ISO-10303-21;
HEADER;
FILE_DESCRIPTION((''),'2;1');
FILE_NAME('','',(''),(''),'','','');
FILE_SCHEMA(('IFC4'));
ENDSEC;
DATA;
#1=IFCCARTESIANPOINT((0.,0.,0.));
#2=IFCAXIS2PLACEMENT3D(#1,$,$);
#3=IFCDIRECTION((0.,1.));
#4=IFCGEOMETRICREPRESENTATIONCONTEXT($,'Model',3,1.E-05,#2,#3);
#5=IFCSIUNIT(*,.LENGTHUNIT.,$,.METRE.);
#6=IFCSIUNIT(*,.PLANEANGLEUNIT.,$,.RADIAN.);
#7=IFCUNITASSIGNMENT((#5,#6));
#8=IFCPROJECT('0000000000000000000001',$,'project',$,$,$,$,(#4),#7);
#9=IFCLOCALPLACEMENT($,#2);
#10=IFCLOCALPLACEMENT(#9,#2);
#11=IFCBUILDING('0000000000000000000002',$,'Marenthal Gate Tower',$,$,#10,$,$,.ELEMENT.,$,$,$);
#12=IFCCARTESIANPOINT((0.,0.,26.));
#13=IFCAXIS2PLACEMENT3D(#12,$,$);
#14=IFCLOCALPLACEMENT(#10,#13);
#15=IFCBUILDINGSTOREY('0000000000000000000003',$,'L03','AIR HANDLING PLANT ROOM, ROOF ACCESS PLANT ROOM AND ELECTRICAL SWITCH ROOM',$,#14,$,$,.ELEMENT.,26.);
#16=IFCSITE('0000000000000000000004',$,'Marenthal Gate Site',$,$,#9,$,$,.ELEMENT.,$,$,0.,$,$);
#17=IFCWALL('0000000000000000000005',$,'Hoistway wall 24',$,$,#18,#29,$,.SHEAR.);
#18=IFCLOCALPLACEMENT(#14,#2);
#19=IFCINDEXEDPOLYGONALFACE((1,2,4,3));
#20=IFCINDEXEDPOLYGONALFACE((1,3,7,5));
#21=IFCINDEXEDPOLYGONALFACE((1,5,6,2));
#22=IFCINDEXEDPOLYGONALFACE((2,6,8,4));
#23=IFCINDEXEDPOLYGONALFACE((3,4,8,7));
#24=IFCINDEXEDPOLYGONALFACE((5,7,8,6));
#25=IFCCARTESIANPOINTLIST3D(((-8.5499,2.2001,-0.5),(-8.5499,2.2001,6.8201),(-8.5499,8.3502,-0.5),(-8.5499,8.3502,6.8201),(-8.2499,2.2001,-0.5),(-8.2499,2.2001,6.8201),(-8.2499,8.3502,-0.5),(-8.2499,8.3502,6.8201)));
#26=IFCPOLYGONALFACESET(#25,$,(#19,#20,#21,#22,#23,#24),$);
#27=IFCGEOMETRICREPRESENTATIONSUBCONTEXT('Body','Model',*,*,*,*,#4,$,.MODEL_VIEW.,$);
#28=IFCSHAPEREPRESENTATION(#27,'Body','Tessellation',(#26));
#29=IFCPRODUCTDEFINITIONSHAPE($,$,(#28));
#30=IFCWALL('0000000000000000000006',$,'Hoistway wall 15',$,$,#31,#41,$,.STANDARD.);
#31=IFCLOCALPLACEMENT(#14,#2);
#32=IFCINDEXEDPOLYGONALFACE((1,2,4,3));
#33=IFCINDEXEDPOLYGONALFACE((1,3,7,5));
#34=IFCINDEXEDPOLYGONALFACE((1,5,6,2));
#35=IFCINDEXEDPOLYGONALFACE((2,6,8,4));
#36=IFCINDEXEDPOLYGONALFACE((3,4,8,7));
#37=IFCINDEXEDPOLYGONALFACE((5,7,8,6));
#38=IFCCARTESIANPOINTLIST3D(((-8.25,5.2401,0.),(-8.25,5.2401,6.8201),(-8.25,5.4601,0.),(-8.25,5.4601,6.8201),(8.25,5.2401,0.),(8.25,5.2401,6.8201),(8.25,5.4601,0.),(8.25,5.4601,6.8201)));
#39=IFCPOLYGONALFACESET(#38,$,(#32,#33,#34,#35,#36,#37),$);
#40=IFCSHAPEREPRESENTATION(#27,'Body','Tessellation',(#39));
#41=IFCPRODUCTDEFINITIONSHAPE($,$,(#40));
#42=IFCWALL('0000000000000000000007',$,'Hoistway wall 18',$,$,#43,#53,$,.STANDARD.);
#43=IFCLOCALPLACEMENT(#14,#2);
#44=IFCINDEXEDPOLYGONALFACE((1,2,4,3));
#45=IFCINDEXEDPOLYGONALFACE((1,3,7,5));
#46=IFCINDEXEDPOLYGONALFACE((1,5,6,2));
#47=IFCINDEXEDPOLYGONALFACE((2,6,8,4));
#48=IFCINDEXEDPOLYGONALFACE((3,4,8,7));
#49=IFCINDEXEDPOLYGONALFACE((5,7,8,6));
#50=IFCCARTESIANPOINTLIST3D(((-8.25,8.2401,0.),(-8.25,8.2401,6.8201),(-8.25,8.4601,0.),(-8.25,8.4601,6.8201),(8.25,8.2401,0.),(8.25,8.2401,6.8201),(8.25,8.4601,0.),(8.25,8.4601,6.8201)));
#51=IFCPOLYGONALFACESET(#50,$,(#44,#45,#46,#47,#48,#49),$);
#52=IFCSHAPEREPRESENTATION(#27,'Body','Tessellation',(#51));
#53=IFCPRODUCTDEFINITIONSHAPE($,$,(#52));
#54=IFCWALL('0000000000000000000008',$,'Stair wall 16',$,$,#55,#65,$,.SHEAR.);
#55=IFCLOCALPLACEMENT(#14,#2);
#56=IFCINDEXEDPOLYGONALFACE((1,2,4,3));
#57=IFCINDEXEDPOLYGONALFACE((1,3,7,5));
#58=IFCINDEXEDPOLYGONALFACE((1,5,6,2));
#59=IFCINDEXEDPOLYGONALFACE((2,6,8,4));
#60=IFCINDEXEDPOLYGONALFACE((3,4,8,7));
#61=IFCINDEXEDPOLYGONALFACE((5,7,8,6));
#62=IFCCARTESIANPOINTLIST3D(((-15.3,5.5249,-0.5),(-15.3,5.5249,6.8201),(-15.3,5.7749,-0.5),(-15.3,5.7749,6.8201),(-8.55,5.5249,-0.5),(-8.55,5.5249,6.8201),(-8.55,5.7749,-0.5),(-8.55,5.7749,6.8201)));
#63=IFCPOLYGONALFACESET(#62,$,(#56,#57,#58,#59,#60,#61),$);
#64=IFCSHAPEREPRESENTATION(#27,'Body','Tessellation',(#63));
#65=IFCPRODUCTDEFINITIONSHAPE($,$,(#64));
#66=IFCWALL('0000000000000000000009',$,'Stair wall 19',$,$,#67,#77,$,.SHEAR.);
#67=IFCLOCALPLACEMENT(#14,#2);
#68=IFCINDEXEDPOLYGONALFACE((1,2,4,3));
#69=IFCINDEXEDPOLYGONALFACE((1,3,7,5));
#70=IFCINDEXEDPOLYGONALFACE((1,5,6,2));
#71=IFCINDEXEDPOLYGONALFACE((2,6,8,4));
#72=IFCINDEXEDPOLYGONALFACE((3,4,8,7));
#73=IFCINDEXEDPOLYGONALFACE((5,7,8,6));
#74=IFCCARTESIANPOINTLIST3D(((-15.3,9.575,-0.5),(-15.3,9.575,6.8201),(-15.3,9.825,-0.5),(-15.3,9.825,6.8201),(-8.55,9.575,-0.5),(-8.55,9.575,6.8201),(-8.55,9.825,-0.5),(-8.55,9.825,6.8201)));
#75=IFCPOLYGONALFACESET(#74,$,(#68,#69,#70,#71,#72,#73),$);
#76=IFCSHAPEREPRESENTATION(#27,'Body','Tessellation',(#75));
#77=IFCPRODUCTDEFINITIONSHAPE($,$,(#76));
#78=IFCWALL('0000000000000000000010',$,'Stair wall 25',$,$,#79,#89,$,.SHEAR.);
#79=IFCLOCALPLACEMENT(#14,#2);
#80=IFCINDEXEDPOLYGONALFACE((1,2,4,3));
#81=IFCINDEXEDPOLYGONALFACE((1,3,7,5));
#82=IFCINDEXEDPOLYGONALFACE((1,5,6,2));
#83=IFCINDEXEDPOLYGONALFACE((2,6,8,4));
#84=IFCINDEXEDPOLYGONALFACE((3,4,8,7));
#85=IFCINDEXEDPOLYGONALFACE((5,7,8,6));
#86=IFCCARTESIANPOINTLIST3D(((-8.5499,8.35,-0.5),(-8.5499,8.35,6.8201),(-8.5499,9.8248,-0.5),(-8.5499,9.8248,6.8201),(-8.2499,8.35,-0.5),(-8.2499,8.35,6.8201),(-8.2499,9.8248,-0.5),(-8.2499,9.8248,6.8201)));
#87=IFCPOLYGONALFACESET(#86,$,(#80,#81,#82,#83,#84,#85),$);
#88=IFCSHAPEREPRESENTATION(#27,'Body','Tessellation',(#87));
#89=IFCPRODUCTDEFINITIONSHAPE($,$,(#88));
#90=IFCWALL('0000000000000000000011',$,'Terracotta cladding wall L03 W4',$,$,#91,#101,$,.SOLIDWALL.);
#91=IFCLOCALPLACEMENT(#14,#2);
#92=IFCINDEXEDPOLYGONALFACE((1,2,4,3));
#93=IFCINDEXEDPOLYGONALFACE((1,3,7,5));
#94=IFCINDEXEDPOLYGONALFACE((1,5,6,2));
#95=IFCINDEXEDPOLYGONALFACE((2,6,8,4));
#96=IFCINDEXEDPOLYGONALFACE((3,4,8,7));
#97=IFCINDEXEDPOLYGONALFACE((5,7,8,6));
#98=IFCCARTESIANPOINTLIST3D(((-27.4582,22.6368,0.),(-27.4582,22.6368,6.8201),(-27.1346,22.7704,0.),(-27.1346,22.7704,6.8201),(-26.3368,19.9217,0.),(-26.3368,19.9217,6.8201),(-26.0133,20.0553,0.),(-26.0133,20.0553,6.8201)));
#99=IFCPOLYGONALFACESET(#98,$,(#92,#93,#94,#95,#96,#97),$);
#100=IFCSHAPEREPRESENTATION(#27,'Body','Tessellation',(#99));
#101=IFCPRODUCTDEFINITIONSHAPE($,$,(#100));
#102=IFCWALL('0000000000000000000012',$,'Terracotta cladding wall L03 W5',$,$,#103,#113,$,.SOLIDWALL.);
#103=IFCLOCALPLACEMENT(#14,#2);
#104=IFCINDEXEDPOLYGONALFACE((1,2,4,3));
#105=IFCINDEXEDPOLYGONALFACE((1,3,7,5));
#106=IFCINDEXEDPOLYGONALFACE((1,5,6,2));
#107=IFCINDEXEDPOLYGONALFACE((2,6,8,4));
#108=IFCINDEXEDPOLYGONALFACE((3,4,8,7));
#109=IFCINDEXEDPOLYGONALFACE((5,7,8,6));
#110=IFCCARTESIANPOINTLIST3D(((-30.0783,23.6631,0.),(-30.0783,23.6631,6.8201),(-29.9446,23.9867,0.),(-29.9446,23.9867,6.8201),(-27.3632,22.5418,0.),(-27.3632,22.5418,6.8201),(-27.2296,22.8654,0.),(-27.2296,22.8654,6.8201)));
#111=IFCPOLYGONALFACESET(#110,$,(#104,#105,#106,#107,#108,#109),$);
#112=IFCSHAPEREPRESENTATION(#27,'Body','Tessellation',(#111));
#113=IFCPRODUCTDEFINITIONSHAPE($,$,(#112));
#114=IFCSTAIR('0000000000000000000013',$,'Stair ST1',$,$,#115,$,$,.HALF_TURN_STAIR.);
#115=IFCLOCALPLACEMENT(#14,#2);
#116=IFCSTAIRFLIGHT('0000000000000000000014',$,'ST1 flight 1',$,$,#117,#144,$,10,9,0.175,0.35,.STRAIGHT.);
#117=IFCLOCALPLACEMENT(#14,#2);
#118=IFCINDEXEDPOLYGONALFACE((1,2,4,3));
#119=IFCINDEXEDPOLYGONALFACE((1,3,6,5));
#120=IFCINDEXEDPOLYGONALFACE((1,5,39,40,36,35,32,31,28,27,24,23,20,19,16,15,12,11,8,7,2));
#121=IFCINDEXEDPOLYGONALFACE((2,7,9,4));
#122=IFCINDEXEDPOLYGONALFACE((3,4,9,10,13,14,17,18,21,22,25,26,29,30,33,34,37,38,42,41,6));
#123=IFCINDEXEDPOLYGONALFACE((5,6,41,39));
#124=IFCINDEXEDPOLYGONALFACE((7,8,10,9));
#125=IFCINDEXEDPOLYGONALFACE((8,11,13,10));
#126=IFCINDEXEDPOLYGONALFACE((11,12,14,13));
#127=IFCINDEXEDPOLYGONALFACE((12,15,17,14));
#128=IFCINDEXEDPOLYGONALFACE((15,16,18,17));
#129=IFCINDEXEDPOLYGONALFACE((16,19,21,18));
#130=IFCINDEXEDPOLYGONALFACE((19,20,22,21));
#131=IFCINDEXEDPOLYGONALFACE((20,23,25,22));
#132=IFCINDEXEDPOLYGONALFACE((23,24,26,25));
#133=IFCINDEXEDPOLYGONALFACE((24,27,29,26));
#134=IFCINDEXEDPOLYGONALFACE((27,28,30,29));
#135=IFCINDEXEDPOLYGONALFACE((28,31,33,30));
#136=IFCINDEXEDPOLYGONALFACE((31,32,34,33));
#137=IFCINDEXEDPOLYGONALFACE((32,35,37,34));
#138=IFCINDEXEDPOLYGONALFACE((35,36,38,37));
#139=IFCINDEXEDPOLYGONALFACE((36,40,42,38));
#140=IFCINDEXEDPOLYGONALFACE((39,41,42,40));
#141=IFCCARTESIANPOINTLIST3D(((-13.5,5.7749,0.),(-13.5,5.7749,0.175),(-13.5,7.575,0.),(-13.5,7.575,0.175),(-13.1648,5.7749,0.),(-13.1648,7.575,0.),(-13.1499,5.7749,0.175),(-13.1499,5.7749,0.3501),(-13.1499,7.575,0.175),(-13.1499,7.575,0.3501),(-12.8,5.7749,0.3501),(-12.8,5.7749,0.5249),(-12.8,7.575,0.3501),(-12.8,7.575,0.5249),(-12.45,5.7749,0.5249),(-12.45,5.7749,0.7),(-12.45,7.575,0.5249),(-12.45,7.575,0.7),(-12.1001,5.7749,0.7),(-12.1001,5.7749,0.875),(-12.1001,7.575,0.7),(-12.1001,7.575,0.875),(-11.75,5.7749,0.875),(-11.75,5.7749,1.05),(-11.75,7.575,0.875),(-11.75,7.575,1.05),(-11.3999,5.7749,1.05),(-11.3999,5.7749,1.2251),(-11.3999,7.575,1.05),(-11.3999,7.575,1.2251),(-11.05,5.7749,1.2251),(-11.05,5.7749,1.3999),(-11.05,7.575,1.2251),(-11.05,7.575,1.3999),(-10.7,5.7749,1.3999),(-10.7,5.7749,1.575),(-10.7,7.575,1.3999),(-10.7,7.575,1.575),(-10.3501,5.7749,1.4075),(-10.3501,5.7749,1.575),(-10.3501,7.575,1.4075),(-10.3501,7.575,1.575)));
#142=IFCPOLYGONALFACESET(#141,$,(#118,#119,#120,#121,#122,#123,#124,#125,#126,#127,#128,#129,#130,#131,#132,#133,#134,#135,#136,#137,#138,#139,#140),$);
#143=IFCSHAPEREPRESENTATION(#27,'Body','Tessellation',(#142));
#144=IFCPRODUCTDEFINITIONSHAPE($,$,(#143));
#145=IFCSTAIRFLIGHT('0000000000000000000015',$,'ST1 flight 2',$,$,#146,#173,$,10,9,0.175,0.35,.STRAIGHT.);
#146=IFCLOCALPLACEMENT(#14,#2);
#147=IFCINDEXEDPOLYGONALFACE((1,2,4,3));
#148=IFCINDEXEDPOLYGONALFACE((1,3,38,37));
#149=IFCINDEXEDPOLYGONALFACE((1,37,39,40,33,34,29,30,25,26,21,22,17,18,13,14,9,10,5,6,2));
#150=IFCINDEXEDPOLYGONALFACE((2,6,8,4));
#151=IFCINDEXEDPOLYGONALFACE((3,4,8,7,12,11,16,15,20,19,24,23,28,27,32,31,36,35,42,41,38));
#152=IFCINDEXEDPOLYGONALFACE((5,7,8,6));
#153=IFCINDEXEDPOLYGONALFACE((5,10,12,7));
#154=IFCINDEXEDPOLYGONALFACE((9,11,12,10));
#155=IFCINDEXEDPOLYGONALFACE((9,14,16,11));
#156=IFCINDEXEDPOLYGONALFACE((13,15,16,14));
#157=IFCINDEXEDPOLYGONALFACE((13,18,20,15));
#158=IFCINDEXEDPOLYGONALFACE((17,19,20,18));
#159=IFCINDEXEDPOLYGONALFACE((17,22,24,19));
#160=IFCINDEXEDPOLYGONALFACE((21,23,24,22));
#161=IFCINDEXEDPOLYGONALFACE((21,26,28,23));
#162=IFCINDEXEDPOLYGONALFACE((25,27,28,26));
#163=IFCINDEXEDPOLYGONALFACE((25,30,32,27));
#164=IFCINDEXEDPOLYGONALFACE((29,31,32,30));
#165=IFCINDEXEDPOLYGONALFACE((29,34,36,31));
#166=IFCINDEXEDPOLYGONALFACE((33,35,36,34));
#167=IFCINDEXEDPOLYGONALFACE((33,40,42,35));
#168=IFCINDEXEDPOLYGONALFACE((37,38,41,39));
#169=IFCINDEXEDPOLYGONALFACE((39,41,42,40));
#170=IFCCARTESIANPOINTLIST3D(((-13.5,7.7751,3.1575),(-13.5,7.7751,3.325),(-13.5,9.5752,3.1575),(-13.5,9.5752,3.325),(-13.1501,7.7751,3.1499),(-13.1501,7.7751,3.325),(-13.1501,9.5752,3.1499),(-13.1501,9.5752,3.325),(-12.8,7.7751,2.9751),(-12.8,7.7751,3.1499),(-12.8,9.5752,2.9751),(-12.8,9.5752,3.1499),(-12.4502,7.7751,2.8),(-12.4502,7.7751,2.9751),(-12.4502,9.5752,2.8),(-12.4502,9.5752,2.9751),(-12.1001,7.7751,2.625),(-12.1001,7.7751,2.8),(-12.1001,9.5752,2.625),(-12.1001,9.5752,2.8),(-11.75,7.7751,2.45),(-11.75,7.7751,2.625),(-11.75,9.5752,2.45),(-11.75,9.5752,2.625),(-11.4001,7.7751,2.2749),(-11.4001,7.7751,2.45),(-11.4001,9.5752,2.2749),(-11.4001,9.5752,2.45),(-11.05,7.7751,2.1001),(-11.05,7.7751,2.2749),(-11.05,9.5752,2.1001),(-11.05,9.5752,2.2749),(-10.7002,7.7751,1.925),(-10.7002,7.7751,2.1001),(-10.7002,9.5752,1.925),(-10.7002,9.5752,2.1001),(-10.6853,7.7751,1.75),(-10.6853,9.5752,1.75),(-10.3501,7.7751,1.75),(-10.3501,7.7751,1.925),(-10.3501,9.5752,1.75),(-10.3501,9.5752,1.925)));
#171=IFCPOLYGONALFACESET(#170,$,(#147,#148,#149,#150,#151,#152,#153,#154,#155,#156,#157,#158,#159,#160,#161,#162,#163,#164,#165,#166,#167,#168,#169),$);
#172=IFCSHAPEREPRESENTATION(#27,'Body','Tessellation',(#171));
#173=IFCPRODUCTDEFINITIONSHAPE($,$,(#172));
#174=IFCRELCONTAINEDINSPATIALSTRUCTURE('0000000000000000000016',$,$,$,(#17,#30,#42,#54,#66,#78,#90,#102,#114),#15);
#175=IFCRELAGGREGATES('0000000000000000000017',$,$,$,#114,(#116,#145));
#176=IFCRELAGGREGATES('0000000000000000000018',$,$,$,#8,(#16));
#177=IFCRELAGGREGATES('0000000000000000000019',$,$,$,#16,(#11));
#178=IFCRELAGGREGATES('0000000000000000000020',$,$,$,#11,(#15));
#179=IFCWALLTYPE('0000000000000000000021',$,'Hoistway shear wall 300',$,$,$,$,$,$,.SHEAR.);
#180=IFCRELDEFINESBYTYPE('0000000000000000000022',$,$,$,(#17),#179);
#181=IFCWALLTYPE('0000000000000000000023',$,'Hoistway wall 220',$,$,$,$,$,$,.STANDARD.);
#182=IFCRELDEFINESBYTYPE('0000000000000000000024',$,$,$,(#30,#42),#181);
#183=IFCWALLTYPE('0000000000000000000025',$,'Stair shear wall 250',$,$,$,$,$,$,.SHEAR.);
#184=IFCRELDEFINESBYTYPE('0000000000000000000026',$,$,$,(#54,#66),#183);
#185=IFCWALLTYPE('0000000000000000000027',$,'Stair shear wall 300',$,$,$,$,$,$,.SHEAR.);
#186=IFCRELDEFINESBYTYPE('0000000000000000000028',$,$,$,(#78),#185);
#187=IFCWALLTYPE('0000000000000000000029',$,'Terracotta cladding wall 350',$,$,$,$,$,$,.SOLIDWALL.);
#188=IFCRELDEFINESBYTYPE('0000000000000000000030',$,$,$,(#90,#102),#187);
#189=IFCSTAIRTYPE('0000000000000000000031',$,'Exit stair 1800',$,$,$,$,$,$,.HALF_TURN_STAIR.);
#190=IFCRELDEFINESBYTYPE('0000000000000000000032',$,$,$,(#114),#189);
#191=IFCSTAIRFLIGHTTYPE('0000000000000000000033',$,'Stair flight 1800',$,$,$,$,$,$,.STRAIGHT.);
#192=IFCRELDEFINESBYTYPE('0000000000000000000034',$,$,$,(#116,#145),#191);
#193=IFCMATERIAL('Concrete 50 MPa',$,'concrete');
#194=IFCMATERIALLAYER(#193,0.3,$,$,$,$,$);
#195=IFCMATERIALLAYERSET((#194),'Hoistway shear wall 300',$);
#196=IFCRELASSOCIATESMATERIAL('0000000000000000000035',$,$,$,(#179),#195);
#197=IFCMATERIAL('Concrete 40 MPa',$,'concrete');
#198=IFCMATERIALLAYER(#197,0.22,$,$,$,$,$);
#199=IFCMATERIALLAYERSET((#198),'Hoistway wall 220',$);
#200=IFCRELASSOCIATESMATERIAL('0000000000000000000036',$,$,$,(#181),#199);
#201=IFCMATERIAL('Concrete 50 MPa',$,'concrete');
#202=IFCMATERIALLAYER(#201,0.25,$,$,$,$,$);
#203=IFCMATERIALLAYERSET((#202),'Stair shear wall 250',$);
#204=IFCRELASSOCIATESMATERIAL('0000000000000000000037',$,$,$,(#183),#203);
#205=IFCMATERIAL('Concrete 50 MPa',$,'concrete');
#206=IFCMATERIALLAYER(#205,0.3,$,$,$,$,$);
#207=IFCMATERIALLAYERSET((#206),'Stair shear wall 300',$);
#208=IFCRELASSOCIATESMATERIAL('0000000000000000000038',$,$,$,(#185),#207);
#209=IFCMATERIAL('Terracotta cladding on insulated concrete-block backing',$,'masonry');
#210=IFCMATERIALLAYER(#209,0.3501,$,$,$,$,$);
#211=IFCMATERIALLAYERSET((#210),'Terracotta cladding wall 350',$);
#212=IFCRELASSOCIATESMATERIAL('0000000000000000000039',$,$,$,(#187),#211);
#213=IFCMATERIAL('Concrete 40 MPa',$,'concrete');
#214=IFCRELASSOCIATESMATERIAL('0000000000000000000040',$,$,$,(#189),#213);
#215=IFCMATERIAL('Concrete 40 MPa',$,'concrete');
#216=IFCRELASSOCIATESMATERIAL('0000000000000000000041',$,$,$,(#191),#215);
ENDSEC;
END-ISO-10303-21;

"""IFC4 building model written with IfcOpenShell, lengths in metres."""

from ifc_helpers import new_model, si_unit, direction, frame, frame_2d, origin, place, context, subcontext, project, spatial, polyline, rectangle, outline, extrude, material, layer, layer_set, type_object, element, aggregate, save


model = new_model("IFC4")

# Units and contexts
model_context = context("Model", 3, precision=1e-05, world=origin(), true_north=direction((0.0, 1.0)))
body_context = subcontext(model_context, "Body", "Model", "MODEL_VIEW")
ifc_project = project(units=[si_unit("LENGTHUNIT", "METRE"), si_unit("PLANEANGLEUNIT", "RADIAN")], contexts=[model_context])

# Site, building, storey
site_placement = place(None, origin())
site = spatial("IfcSite", under=ifc_project, at=site_placement, Name="Marenthal Gate Site", CompositionType="ELEMENT", RefElevation=0.0)
building_placement = place(site_placement, origin())
building = spatial("IfcBuilding", under=site, at=building_placement, Name="Marenthal Gate Tower", CompositionType="ELEMENT")
storey_placement = place(building_placement, frame((0.0, 0.0, 26.0)))
storey = spatial("IfcBuildingStorey", under=building, at=storey_placement, Name="L03", Description="AIR HANDLING PLANT ROOM, ROOF ACCESS PLANT ROOM AND ELECTRICAL SWITCH ROOM", CompositionType="ELEMENT", Elevation=26.0)

# Walls
ifc_material_1 = material(Name="Concrete 50 MPa", Category="concrete")
ifc_layer_1 = layer(ifc_material_1, 0.3)
ifc_layer_set_1 = layer_set([ifc_layer_1], Name="Hoistway shear wall 300")
wall_type_1 = type_object("IfcWallType", Name="Hoistway shear wall 300", PredefinedType="SHEAR", material=ifc_layer_set_1)
wall_1_placement = place(storey_placement, frame((-8.3999, 2.2, -0.5), z_axis=(0.0, 0.0, 1.0), x_axis=(0.0, 1.0, 0.0)))
element("IfcWall", 1, at=wall_1_placement, inside=storey, type_object=wall_type_1, Name="Hoistway wall 24", PredefinedType="SHEAR", context=body_context, shape_type="SweptSolid", body=[
    extrude(rectangle(XDim=6.1501, YDim=0.3, at=frame_2d((3.0752, 0.0))), origin(), (0.0, 0.0, 1.0), 7.3201),
])
ifc_material_2 = material(Name="Concrete 40 MPa", Category="concrete")
ifc_layer_2 = layer(ifc_material_2, 0.22)
ifc_layer_set_2 = layer_set([ifc_layer_2], Name="Hoistway wall 220")
wall_type_2 = type_object("IfcWallType", Name="Hoistway wall 220", PredefinedType="STANDARD", material=ifc_layer_set_2)
for number, where, z_axis, x_axis, name in (
    (2, (-8.25, 5.3501, 0.0), (0.0, 0.0, 1.0), (1.0, 0.0, 0.0), "Hoistway wall 15"),
    (3, (-8.25, 8.3501, 0.0), (0.0, 0.0, 1.0), (1.0, 0.0, 0.0), "Hoistway wall 18"),
):
    element("IfcWall", number, at=place(storey_placement, frame(where, z_axis=z_axis, x_axis=x_axis)), inside=storey, type_object=wall_type_2, Name=name, PredefinedType="STANDARD", context=body_context, shape_type="SweptSolid", body=[
        extrude(rectangle(XDim=16.5, YDim=0.22, at=frame_2d((8.25, 0.0))), origin(), (0.0, 0.0, 1.0), 6.8201),
    ])
ifc_material_3 = material(Name="Concrete 50 MPa", Category="concrete")
ifc_layer_3 = layer(ifc_material_3, 0.25)
ifc_layer_set_3 = layer_set([ifc_layer_3], Name="Stair shear wall 250")
wall_type_3 = type_object("IfcWallType", Name="Stair shear wall 250", PredefinedType="SHEAR", material=ifc_layer_set_3)
for number, where, z_axis, x_axis, name in (
    (4, (-15.3, 5.6499, -0.5), (0.0, 0.0, 1.0), (1.0, 0.0, 0.0), "Stair wall 16"),
    (5, (-15.3, 9.7, -0.5), (0.0, 0.0, 1.0), (1.0, 0.0, 0.0), "Stair wall 19"),
):
    element("IfcWall", number, at=place(storey_placement, frame(where, z_axis=z_axis, x_axis=x_axis)), inside=storey, type_object=wall_type_3, Name=name, PredefinedType="SHEAR", context=body_context, shape_type="SweptSolid", body=[
        extrude(rectangle(XDim=6.75, YDim=0.25, at=frame_2d((3.375, 0.0))), origin(), (0.0, 0.0, 1.0), 7.3201),
    ])
ifc_material_4 = material(Name="Concrete 50 MPa", Category="concrete")
ifc_layer_4 = layer(ifc_material_4, 0.3)
ifc_layer_set_4 = layer_set([ifc_layer_4], Name="Stair shear wall 300")
wall_type_4 = type_object("IfcWallType", Name="Stair shear wall 300", PredefinedType="SHEAR", material=ifc_layer_set_4)
wall_2_placement = place(storey_placement, frame((-8.3999, 8.3501, -0.5), z_axis=(0.0, 0.0, 1.0), x_axis=(0.0, 1.0, 0.0)))
element("IfcWall", 6, at=wall_2_placement, inside=storey, type_object=wall_type_4, Name="Stair wall 25", PredefinedType="SHEAR", context=body_context, shape_type="SweptSolid", body=[
    extrude(rectangle(XDim=1.4749, YDim=0.3, at=frame_2d((0.7373, 0.0))), origin(), (0.0, 0.0, 1.0), 7.3201),
])
ifc_material_5 = material(Name="Terracotta cladding on insulated concrete-block backing", Category="masonry")
ifc_layer_5 = layer(ifc_material_5, 0.3501)
ifc_layer_set_5 = layer_set([ifc_layer_5], Name="Terracotta cladding wall 350")
wall_type_5 = type_object("IfcWallType", Name="Terracotta cladding wall 350", PredefinedType="SOLIDWALL", material=ifc_layer_set_5)
for number, where, z_axis, x_axis, name in (
    (7, (-26.175, 19.9885, 0.0), (0.0, 0.0, 1.0), (-0.381728, 0.924275, 0.0), "Terracotta cladding wall L03 W4"),
    (8, (-27.2964, 22.7036, 0.0), (0.0, 0.0, 1.0), (-0.924275, 0.381728, 0.0), "Terracotta cladding wall L03 W5"),
):
    element("IfcWall", number, at=place(storey_placement, frame(where, z_axis=z_axis, x_axis=x_axis)), inside=storey, type_object=wall_type_5, Name=name, PredefinedType="SOLIDWALL", context=body_context, shape_type="SweptSolid", body=[
        extrude(rectangle(XDim=2.9375, YDim=0.3501, at=frame_2d((1.4688, 0.0))), origin(), (0.0, 0.0, 1.0), 6.8201),
    ])

# Stair, stair flights
ifc_material_6 = material(Name="Concrete 40 MPa", Category="concrete")
stair_type = type_object("IfcStairType", Name="Exit stair 1800", PredefinedType="HALF_TURN_STAIR", material=ifc_material_6)
stair_placement = place(storey_placement, origin())
stair = element("IfcStair", 9, at=stair_placement, inside=storey, type_object=stair_type, Name="Stair ST1", PredefinedType="HALF_TURN_STAIR")
ifc_material_7 = material(Name="Concrete 40 MPa", Category="concrete")
stair_flight_type = type_object("IfcStairFlightType", Name="Stair flight 1800", PredefinedType="STRAIGHT", material=ifc_material_7)
stair_flight_1_placement = place(storey_placement, frame((-13.5, 6.675, 0.0), z_axis=(0.0, 0.0, 1.0), x_axis=(1.0, 0.0, 0.0)))
stair_flight_1 = element("IfcStairFlight", 10, at=stair_flight_1_placement, type_object=stair_flight_type, Name="ST1 flight 1", NumberOfRisers=10, NumberOfTreads=9, PredefinedType="STRAIGHT", RiserHeight=0.175, TreadLength=0.35, context=body_context, shape_type="SweptSolid", body=[
    extrude(outline(polyline([(0.0, 0.0), (0.0, 0.175), (0.3501, 0.175), (0.3501, 0.3501), (0.7, 0.3501), (0.7, 0.5249), (1.05, 0.5249), (1.05, 0.7), (1.3999, 0.7), (1.3999, 0.875), (1.75, 0.875), (1.75, 1.05), (2.1001, 1.05), (2.1001, 1.2251), (2.45, 1.2251), (2.45, 1.3999), (2.8, 1.3999), (2.8, 1.575), (3.1499, 1.575), (3.1499, 1.75), (3.1499, 1.4075), (0.3352, 0.0), (0.0, 0.0)])), frame((0.0, 0.8999, 0.0), z_axis=(0.0, -1.0, 0.0), x_axis=(1.0, 0.0, 0.0)), (0.0, 0.0, 1.0), 1.8),
])
stair_flight_2_placement = place(storey_placement, frame((-10.3501, 8.675, 1.75), z_axis=(0.0, 0.0, 1.0), x_axis=(-1.0, 0.0, 0.0)))
stair_flight_2 = element("IfcStairFlight", 11, at=stair_flight_2_placement, type_object=stair_flight_type, Name="ST1 flight 2", NumberOfRisers=10, NumberOfTreads=9, PredefinedType="STRAIGHT", RiserHeight=0.175, TreadLength=0.35, context=body_context, shape_type="SweptSolid", body=[
    extrude(outline(polyline([(0.0, 0.0), (0.0, 0.175), (0.3501, 0.175), (0.3501, 0.3501), (0.7, 0.3501), (0.7, 0.5249), (1.05, 0.5249), (1.05, 0.7), (1.3999, 0.7), (1.3999, 0.875), (1.75, 0.875), (1.75, 1.05), (2.1001, 1.05), (2.1001, 1.2251), (2.45, 1.2251), (2.45, 1.3999), (2.8, 1.3999), (2.8, 1.575), (3.1499, 1.575), (3.1499, 1.75), (3.1499, 1.4075), (0.3352, 0.0), (0.0, 0.0)])), frame((0.0, 0.8999, 0.0), z_axis=(0.0, -1.0, 0.0), x_axis=(1.0, 0.0, 0.0)), (0.0, 0.0, 1.0), 1.8),
])
aggregate(stair, [stair_flight_1, stair_flight_2])

save(model, "model.ifc")
